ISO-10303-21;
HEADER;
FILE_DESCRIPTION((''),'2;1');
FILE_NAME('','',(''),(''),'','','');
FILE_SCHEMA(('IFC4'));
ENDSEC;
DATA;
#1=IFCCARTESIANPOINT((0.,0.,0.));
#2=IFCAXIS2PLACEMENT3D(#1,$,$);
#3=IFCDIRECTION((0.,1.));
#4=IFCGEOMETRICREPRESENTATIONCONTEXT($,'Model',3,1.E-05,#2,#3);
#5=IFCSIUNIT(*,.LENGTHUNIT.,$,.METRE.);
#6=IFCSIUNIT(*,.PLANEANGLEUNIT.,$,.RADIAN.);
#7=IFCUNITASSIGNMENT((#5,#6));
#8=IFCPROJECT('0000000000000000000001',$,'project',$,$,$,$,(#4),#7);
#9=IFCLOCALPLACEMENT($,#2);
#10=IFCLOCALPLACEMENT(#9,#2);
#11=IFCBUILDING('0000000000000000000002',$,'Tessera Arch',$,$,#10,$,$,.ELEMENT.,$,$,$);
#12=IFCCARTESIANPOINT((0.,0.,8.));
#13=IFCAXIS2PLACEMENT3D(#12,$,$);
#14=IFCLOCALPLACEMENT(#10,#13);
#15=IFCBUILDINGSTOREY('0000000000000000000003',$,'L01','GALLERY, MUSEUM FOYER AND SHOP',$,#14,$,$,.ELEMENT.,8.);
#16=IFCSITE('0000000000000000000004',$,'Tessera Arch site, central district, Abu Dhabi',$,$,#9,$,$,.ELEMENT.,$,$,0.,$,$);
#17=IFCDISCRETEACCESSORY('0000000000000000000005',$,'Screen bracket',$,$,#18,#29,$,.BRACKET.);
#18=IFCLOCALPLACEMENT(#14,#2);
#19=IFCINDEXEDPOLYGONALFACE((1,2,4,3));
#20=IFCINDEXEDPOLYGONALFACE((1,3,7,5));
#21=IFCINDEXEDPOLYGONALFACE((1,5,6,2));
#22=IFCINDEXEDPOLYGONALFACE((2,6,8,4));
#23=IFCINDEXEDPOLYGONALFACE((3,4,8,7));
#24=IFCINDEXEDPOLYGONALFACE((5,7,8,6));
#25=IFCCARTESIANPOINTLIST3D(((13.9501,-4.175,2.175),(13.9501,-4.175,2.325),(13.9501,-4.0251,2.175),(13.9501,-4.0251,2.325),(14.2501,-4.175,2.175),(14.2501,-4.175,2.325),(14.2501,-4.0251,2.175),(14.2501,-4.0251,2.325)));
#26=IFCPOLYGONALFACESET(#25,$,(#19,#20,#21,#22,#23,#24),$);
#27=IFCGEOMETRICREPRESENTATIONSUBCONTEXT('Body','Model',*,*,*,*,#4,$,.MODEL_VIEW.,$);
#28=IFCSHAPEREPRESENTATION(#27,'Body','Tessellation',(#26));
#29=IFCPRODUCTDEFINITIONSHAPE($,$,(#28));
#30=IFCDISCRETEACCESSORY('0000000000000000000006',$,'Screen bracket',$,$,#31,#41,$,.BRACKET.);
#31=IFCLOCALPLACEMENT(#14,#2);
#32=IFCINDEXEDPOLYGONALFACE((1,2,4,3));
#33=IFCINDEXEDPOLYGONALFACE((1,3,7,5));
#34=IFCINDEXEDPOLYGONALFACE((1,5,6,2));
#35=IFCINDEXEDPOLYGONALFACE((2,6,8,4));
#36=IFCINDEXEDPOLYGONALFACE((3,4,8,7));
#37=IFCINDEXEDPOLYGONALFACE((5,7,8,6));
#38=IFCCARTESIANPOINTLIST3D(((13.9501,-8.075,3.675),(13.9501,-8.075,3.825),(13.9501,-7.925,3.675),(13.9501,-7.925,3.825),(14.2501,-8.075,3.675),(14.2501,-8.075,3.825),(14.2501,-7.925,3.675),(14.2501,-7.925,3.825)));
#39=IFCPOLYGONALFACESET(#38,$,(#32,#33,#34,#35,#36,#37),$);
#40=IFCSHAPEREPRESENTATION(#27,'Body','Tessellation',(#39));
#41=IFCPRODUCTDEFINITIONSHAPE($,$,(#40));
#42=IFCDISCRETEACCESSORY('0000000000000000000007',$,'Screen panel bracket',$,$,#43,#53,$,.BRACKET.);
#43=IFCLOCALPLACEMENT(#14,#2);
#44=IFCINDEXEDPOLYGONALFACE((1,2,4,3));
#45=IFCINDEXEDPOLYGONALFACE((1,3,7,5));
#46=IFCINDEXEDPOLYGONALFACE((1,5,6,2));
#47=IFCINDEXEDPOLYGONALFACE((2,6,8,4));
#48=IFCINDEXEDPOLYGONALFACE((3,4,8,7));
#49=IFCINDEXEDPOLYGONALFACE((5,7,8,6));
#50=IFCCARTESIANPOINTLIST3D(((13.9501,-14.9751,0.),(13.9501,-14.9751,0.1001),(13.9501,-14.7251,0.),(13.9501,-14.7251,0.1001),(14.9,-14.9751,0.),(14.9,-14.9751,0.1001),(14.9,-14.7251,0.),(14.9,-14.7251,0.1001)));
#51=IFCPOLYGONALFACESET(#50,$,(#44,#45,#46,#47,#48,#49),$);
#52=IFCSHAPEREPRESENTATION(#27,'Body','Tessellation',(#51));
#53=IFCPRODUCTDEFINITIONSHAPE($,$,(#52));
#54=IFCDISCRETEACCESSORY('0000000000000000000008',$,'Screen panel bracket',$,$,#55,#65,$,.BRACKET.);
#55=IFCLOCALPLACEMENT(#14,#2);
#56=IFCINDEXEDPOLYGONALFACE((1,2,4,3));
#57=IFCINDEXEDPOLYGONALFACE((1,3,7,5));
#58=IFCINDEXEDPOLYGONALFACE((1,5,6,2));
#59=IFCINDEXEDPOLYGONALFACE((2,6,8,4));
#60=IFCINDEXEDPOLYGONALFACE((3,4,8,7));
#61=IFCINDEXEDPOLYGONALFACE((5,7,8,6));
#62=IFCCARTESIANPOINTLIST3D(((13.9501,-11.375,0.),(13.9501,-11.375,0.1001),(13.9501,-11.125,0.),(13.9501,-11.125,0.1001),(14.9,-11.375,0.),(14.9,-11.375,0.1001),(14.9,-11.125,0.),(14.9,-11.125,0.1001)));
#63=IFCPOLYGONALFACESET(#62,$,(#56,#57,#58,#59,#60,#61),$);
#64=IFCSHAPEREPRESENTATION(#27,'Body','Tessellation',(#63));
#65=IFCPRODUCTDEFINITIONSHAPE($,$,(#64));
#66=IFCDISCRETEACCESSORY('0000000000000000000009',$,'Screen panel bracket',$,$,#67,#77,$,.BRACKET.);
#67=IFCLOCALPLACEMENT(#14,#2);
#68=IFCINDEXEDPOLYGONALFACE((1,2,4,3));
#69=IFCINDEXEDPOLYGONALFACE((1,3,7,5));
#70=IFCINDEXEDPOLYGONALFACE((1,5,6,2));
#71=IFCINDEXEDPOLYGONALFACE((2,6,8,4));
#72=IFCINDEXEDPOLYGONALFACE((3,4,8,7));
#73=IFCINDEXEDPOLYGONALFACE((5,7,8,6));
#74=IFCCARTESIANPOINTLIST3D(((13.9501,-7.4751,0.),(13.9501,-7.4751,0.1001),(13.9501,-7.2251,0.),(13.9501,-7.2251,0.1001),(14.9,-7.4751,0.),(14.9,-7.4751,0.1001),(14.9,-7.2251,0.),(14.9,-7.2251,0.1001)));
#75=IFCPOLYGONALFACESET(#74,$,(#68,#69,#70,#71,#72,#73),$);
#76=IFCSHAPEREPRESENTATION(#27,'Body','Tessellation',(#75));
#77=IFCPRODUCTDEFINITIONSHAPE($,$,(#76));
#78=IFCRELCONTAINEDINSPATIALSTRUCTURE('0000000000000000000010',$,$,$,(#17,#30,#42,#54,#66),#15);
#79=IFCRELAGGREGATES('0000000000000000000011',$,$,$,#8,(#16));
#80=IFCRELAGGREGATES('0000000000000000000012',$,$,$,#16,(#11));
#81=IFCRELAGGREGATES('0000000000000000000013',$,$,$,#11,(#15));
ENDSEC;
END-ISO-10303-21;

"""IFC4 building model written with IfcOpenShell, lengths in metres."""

from ifc_helpers import new_model, si_unit, direction, frame, origin, origin_2d, place, context, subcontext, project, spatial, rectangle, extrude, element, save


model = new_model("IFC4")

# Units and contexts
model_context = context("Model", 3, precision=1e-05, world=origin(), true_north=direction((0.0, 1.0)))
body_context = subcontext(model_context, "Body", "Model", "MODEL_VIEW")
ifc_project = project(units=[si_unit("LENGTHUNIT", "METRE"), si_unit("PLANEANGLEUNIT", "RADIAN")], contexts=[model_context])

# Site, building, storey
site_placement = place(None, origin())
site = spatial("IfcSite", under=ifc_project, at=site_placement, Name="Tessera Arch site, central district, Abu Dhabi", CompositionType="ELEMENT", RefElevation=0.0)
building_placement = place(site_placement, origin())
building = spatial("IfcBuilding", under=site, at=building_placement, Name="Tessera Arch", CompositionType="ELEMENT")
storey_placement = place(building_placement, frame((0.0, 0.0, 8.0)))
storey = spatial("IfcBuildingStorey", under=building, at=storey_placement, Name="L01", Description="GALLERY, MUSEUM FOYER AND SHOP", CompositionType="ELEMENT", Elevation=8.0)

# Discrete accessories
for number, where, z_axis, x_axis, name in (
    (1, (14.1001, -4.1001, 2.175), (0.0, 0.0, 1.0), (1.0, 0.0, 0.0), "Screen bracket"),
    (2, (14.1001, -8.0, 3.675), (0.0, 0.0, 1.0), (1.0, 0.0, 0.0), "Screen bracket"),
):
    element("IfcDiscreteAccessory", number, at=place(storey_placement, frame(where, z_axis=z_axis, x_axis=x_axis)), inside=storey, Name=name, PredefinedType="BRACKET", context=body_context, shape_type="SweptSolid", body=[
        extrude(rectangle(XDim=0.3, YDim=0.1499, at=origin_2d()), origin(), (0.0, 0.0, 1.0), 0.1499),
    ])
for number, where, z_axis, x_axis, name in (
    (3, (14.425, -14.8501, 0.0), (0.0, 0.0, 1.0), (1.0, 0.0, 0.0), "Screen panel bracket"),
    (4, (14.425, -11.25, 0.0), (0.0, 0.0, 1.0), (1.0, 0.0, 0.0), "Screen panel bracket"),
    (5, (14.425, -7.3501, 0.0), (0.0, 0.0, 1.0), (1.0, 0.0, 0.0), "Screen panel bracket"),
):
    element("IfcDiscreteAccessory", number, at=place(storey_placement, frame(where, z_axis=z_axis, x_axis=x_axis)), inside=storey, Name=name, PredefinedType="BRACKET", context=body_context, shape_type="SweptSolid", body=[
        extrude(rectangle(XDim=0.95, YDim=0.25, at=origin_2d()), origin(), (0.0, 0.0, 1.0), 0.1001),
    ])

save(model, "model.ifc")
